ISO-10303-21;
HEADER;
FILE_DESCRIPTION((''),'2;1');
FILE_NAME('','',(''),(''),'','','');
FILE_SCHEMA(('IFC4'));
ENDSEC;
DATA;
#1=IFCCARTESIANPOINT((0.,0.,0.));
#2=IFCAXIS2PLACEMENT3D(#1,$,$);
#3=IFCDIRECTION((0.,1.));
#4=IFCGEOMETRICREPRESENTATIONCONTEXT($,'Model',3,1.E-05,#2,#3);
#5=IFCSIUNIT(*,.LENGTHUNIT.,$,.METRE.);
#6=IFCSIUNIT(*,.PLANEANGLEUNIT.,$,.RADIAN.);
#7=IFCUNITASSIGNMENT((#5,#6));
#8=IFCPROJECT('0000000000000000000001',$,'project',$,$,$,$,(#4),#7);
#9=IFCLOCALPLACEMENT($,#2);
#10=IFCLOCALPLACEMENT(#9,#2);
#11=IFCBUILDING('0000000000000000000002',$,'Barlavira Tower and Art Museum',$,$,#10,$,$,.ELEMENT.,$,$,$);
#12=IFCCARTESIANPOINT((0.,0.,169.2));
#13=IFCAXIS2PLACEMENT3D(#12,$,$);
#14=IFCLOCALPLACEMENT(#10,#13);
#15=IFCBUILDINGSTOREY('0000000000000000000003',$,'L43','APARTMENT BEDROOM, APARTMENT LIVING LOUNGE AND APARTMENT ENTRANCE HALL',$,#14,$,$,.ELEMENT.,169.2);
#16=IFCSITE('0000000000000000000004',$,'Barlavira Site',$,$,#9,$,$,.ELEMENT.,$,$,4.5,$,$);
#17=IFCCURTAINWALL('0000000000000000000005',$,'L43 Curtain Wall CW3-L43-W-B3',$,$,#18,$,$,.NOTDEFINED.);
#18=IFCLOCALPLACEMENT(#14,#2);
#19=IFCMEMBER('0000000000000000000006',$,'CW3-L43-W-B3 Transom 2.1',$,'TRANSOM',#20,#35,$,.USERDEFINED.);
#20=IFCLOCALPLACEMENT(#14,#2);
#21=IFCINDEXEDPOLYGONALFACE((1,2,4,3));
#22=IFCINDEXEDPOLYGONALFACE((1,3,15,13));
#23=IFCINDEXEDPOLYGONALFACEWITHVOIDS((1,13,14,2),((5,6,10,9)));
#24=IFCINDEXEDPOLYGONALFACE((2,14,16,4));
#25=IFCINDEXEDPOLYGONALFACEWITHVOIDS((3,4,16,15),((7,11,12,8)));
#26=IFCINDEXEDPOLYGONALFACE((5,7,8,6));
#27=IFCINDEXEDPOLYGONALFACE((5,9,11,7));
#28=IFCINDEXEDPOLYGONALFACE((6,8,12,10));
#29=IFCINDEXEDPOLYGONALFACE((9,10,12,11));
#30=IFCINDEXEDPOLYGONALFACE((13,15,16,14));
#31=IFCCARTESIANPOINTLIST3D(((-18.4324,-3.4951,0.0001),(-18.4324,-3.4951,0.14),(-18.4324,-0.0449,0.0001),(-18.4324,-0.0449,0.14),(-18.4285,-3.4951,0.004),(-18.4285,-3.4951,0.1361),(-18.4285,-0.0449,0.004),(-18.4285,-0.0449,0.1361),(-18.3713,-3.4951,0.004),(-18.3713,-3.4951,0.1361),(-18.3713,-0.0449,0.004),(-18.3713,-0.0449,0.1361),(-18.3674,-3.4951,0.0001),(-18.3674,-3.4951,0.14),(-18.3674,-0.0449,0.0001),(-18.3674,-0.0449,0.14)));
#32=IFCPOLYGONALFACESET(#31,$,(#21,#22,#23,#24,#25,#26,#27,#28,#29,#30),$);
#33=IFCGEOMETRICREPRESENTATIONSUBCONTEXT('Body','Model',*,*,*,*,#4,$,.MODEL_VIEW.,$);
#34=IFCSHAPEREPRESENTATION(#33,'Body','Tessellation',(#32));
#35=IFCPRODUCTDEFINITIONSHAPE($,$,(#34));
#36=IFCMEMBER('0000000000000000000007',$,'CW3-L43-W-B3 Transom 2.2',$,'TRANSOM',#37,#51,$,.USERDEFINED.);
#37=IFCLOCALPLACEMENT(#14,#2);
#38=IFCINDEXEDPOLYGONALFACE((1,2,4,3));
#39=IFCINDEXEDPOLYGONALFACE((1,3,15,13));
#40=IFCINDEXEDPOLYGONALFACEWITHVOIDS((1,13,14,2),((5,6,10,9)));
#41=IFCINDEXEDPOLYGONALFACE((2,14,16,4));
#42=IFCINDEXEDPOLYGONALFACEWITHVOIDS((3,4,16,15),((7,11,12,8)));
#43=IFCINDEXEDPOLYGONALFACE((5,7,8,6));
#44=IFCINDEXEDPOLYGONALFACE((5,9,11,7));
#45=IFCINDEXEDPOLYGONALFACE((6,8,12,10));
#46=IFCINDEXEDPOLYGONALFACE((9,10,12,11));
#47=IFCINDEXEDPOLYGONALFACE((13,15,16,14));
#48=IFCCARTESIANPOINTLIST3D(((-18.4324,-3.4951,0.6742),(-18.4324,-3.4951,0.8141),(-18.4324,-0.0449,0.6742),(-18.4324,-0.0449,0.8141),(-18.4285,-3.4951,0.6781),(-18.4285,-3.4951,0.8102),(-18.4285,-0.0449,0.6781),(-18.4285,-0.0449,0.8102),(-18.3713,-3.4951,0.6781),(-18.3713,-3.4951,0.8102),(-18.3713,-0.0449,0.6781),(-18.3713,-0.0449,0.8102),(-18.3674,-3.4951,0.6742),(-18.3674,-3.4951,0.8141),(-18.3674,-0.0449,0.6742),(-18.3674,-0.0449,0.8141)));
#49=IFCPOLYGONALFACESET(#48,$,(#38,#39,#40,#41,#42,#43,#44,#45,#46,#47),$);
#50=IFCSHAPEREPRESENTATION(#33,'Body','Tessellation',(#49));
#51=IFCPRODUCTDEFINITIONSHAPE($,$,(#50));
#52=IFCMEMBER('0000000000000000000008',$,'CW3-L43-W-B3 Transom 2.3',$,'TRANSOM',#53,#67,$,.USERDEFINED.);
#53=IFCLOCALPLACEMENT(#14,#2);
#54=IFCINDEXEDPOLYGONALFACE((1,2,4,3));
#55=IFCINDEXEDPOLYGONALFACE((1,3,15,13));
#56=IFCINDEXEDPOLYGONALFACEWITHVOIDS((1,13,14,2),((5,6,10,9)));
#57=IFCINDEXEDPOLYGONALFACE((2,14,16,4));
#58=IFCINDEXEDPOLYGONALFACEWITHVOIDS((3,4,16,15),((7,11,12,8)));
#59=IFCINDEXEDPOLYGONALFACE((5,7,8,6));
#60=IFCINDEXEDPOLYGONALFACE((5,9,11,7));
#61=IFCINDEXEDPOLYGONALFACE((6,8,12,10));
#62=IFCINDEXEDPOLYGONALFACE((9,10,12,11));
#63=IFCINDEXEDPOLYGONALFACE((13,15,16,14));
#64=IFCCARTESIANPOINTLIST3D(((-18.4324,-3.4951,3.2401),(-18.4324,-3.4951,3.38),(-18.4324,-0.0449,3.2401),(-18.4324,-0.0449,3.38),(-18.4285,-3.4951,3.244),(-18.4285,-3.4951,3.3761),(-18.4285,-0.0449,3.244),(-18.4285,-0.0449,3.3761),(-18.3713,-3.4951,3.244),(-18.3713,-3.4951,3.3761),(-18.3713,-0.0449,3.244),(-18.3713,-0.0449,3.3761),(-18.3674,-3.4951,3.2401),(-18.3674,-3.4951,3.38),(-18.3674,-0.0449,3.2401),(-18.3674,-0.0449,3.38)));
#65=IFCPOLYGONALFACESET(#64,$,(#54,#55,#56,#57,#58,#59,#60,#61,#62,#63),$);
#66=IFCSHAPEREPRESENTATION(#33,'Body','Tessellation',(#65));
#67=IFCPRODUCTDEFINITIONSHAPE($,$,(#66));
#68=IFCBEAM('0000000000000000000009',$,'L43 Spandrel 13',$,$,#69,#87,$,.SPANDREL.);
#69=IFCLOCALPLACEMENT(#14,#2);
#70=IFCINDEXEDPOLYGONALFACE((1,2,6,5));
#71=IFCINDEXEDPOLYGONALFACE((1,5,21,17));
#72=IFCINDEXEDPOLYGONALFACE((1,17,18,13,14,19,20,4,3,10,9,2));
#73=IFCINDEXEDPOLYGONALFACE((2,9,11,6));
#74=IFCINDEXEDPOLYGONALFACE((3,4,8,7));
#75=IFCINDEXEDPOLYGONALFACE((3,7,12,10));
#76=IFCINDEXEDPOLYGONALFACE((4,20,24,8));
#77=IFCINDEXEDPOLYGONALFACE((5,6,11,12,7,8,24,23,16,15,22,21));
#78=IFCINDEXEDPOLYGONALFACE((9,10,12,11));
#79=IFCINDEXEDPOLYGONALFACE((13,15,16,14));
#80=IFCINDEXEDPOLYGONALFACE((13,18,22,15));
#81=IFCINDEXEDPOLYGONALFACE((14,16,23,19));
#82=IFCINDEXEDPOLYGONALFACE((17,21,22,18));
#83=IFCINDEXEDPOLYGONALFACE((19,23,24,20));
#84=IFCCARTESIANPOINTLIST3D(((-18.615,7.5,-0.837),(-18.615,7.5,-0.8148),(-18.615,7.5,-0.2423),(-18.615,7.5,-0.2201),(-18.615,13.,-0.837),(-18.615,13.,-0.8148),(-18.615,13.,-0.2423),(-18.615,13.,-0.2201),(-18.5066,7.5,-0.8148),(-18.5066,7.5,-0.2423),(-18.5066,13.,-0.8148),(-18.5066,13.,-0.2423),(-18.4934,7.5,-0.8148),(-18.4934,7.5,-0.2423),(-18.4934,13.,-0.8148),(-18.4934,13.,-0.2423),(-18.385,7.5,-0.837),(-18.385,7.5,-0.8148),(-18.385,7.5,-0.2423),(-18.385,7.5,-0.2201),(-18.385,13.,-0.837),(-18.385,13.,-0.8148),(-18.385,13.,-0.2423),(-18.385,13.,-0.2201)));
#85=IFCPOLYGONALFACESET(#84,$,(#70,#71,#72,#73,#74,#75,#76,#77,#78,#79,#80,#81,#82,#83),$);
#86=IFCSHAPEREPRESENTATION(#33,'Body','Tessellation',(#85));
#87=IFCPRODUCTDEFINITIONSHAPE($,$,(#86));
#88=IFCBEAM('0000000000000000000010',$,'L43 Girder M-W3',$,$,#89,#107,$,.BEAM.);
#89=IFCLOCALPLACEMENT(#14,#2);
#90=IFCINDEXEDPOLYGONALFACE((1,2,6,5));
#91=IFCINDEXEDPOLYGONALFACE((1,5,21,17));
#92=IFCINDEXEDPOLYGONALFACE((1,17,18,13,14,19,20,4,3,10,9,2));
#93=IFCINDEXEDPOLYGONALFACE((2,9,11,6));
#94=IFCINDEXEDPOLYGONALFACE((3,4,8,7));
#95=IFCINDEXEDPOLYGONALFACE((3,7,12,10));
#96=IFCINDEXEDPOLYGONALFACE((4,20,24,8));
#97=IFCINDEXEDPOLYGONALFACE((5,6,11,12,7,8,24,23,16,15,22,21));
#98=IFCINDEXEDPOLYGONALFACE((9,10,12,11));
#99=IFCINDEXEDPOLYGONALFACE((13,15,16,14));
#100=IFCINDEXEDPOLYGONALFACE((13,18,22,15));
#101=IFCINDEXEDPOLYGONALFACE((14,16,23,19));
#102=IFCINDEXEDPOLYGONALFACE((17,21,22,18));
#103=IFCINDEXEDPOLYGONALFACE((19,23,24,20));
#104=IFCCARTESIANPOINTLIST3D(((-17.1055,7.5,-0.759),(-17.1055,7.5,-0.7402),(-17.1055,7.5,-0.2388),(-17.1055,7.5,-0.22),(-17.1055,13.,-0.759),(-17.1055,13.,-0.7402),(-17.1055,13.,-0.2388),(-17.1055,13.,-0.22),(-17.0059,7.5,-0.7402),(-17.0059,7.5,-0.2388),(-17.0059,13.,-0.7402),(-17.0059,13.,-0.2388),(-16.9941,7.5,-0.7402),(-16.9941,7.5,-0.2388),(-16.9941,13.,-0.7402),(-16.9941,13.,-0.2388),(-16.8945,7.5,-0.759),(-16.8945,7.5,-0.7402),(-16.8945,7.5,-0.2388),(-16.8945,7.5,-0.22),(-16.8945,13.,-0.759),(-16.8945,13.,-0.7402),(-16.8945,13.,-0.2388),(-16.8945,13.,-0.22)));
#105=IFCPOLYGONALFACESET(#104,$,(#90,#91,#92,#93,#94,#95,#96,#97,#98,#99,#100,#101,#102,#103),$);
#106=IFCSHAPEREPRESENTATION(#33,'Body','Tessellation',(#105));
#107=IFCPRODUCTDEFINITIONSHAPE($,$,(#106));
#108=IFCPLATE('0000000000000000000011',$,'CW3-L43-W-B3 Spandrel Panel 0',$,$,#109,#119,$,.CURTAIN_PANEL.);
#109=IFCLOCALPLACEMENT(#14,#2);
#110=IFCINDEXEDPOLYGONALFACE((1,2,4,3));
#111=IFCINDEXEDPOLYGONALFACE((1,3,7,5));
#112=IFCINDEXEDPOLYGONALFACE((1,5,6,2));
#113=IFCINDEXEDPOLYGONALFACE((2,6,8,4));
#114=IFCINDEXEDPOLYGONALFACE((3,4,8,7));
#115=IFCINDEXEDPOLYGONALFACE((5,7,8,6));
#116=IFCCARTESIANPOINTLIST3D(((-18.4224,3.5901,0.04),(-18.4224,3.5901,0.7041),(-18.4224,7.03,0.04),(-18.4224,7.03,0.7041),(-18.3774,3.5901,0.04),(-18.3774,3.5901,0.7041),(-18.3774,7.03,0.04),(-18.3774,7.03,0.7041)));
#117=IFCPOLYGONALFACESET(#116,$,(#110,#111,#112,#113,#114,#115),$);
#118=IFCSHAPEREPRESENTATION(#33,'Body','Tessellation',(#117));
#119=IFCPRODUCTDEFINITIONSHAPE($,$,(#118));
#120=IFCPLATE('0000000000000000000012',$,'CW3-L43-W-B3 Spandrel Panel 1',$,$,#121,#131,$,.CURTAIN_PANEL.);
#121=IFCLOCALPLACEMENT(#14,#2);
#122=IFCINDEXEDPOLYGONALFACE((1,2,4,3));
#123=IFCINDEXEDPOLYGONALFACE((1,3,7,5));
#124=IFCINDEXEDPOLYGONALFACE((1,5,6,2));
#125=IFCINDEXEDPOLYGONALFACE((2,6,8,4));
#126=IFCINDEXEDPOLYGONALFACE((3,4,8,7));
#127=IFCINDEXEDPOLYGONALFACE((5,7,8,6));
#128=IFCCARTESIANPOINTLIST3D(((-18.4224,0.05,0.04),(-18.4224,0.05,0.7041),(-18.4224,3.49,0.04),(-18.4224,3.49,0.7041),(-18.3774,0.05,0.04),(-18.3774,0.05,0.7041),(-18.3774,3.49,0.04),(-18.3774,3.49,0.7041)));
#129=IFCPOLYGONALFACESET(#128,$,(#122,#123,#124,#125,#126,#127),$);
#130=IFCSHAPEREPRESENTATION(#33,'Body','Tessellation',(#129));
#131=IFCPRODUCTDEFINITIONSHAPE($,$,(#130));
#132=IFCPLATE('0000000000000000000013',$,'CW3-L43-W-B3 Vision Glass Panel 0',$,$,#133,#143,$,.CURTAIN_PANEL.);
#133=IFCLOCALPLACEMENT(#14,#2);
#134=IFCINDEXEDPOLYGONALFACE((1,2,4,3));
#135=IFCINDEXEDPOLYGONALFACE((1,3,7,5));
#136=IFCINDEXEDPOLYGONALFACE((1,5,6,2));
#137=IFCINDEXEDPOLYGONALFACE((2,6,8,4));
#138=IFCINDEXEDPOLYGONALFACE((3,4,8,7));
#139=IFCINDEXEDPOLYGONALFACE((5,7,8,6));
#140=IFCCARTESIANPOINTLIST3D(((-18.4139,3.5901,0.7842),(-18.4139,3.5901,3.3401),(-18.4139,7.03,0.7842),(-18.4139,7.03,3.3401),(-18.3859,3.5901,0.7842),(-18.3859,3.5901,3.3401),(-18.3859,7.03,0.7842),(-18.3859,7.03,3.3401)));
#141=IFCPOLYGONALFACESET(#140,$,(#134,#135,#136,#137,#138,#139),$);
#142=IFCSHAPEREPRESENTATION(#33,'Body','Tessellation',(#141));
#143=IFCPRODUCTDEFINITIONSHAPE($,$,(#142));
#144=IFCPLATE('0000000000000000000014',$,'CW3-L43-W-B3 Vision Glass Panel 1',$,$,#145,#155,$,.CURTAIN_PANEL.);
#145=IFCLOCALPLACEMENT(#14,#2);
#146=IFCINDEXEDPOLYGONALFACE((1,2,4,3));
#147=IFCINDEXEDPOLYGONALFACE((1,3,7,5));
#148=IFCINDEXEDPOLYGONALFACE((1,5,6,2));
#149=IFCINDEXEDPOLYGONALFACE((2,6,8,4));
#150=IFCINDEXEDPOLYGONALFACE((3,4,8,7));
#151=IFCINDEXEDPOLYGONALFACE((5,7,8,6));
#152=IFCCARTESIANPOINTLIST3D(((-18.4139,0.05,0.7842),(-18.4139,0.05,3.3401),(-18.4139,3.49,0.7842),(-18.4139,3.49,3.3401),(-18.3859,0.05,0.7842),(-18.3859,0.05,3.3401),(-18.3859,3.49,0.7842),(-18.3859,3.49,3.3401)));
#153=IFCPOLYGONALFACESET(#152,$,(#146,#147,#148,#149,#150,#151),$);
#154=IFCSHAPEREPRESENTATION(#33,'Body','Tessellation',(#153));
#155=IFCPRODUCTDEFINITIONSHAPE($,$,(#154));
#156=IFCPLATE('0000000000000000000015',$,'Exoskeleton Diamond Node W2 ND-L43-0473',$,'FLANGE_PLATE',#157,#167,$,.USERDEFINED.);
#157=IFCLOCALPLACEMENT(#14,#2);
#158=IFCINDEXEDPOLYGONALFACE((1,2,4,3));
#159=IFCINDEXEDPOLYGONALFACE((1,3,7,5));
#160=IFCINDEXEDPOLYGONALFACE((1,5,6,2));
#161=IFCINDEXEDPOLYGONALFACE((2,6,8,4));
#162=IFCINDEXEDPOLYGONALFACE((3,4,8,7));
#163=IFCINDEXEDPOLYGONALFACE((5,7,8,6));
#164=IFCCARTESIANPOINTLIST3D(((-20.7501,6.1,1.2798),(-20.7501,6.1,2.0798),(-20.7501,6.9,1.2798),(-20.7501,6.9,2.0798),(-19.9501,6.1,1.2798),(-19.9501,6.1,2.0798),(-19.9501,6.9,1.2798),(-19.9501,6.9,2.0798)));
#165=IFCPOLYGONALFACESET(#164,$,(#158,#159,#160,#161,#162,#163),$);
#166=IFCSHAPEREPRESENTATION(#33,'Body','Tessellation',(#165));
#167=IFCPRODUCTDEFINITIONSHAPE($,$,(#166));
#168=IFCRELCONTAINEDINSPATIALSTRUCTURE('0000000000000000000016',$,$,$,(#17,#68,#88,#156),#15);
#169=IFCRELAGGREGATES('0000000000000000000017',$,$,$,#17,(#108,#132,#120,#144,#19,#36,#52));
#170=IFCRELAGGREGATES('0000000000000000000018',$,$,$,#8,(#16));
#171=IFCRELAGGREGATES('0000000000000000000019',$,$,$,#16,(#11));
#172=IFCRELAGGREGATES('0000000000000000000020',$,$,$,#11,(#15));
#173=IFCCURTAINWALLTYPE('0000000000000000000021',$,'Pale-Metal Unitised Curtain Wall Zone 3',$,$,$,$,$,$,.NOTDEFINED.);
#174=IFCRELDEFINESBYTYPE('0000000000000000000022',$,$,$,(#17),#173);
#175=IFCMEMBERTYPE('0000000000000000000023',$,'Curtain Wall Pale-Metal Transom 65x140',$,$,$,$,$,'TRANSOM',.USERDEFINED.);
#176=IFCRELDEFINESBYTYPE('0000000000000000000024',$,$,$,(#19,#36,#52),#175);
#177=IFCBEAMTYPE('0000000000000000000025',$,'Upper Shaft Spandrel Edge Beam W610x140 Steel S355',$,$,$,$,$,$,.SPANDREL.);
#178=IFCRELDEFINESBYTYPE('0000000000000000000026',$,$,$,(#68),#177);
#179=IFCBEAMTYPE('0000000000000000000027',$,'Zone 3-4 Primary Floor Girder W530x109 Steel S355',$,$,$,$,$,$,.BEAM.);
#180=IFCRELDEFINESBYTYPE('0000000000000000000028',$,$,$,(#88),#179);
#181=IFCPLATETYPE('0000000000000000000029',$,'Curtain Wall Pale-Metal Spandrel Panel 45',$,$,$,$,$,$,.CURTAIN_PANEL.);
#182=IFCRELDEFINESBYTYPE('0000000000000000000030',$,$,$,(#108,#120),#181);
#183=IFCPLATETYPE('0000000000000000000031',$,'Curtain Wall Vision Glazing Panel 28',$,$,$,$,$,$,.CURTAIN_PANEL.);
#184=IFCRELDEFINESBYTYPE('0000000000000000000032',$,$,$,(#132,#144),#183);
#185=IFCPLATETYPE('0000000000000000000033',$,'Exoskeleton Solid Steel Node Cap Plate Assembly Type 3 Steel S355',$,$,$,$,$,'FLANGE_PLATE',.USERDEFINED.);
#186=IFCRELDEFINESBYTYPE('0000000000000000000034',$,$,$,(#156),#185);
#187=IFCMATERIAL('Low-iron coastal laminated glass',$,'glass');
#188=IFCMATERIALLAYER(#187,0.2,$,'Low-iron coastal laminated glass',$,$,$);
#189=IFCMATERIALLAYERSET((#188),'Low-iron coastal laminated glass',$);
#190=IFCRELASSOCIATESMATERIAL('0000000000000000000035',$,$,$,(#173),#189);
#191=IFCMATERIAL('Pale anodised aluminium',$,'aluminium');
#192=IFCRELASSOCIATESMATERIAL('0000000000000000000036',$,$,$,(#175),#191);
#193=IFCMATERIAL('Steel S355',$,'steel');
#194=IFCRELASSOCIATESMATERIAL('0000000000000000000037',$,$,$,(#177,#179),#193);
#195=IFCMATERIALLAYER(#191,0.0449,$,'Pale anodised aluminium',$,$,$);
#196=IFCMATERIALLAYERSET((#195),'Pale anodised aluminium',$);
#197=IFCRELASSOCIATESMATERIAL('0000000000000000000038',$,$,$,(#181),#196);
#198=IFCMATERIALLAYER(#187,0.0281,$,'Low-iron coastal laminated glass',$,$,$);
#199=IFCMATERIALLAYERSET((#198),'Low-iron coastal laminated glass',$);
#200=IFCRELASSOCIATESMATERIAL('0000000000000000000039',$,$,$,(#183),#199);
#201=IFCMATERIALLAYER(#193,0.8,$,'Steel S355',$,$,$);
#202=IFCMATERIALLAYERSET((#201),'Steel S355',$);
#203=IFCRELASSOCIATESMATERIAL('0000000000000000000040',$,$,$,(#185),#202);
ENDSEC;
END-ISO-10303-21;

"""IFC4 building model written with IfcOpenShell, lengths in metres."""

from ifc_helpers import new_model, si_unit, direction, frame, origin, origin_2d, place, context, subcontext, project, spatial, rectangle, hollow_rectangle, i_section, extrude, material, layer, layer_set, material_profile, profile_set, type_object, element, aggregate, save


model = new_model("IFC4")

# Units and contexts
model_context = context("Model", 3, precision=1e-05, world=origin(), true_north=direction((0.0, 1.0)))
body_context = subcontext(model_context, "Body", "Model", "MODEL_VIEW")
ifc_project = project(units=[si_unit("LENGTHUNIT", "METRE"), si_unit("PLANEANGLEUNIT", "RADIAN")], contexts=[model_context])

# Site, building, storey
site_placement = place(None, origin())
site = spatial("IfcSite", under=ifc_project, at=site_placement, Name="Barlavira Site", CompositionType="ELEMENT", RefElevation=4.5)
building_placement = place(site_placement, origin())
building = spatial("IfcBuilding", under=site, at=building_placement, Name="Barlavira Tower and Art Museum", CompositionType="ELEMENT")
storey_placement = place(building_placement, frame((0.0, 0.0, 169.2)))
storey = spatial("IfcBuildingStorey", under=building, at=storey_placement, Name="L43", Description="APARTMENT BEDROOM, APARTMENT LIVING LOUNGE AND APARTMENT ENTRANCE HALL", CompositionType="ELEMENT", Elevation=169.2)

# Curtain wall, members
ifc_material_1 = material(Name="Low-iron coastal laminated glass", Category="glass")
ifc_layer_1 = layer(ifc_material_1, 0.2, Name="Low-iron coastal laminated glass")
ifc_layer_set_1 = layer_set([ifc_layer_1], Name="Low-iron coastal laminated glass")
curtain_wall_type = type_object("IfcCurtainWallType", Name="Pale-Metal Unitised Curtain Wall Zone 3", PredefinedType="NOTDEFINED", material=ifc_layer_set_1)
curtain_wall_placement = place(storey_placement, origin())
curtain_wall = element("IfcCurtainWall", 1, at=curtain_wall_placement, inside=storey, type_object=curtain_wall_type, Name="L43 Curtain Wall CW3-L43-W-B3", PredefinedType="NOTDEFINED")
ifc_material_2 = material(Name="Pale anodised aluminium", Category="aluminium")
ifc_material_profile_1 = material_profile(ifc_material_2, hollow_rectangle(XDim=0.0649, YDim=0.1399, WallThickness=0.0039, at=origin_2d()), Name="ALU-TRAN 65x140x4")
ifc_profile_set_1 = profile_set([ifc_material_profile_1], Name="Pale anodised aluminium")
member_type_1 = type_object("IfcMemberType", Name="Curtain Wall Pale-Metal Transom 65x140", ElementType="TRANSOM", PredefinedType="USERDEFINED", material=ifc_profile_set_1)
member_1_placement = place(storey_placement, frame((-18.3999, -0.0449, 0.0701), z_axis=(0.0, -1.0, 0.0), x_axis=(1.0, 0.0, 0.0)))
member_1 = element("IfcMember", 2, at=member_1_placement, type_object=member_type_1, Name="CW3-L43-W-B3 Transom 2.1", ObjectType="TRANSOM", PredefinedType="USERDEFINED", context=body_context, shape_type="SweptSolid", body=[
    extrude(hollow_rectangle(XDim=0.0649, YDim=0.1399, WallThickness=0.0039, at=origin_2d()), origin(), (0.0, 0.0, 1.0), 3.4502),
])
member_2_placement = place(storey_placement, frame((-18.3999, -0.0449, 0.7441), z_axis=(0.0, -1.0, 0.0), x_axis=(1.0, 0.0, 0.0)))
member_2 = element("IfcMember", 3, at=member_2_placement, type_object=member_type_1, Name="CW3-L43-W-B3 Transom 2.2", ObjectType="TRANSOM", PredefinedType="USERDEFINED", context=body_context, shape_type="SweptSolid", body=[
    extrude(hollow_rectangle(XDim=0.0649, YDim=0.1399, WallThickness=0.0039, at=origin_2d()), origin(), (0.0, 0.0, 1.0), 3.4502),
])
member_3_placement = place(storey_placement, frame((-18.3999, -0.0449, 3.3101), z_axis=(0.0, -1.0, 0.0), x_axis=(1.0, 0.0, 0.0)))
member_3 = element("IfcMember", 4, at=member_3_placement, type_object=member_type_1, Name="CW3-L43-W-B3 Transom 2.3", ObjectType="TRANSOM", PredefinedType="USERDEFINED", context=body_context, shape_type="SweptSolid", body=[
    extrude(hollow_rectangle(XDim=0.0649, YDim=0.1399, WallThickness=0.0039, at=origin_2d()), origin(), (0.0, 0.0, 1.0), 3.4502),
])

# Beams
ifc_material_3 = material(Name="Steel S355", Category="steel")
ifc_material_profile_2 = material_profile(ifc_material_3, i_section(OverallWidth=0.23, OverallDepth=0.6169, WebThickness=0.0132, FlangeThickness=0.0222, at=origin_2d()), Name="W610x140.0")
ifc_profile_set_2 = profile_set([ifc_material_profile_2], Name="Steel S355")
beam_type_1 = type_object("IfcBeamType", Name="Upper Shaft Spandrel Edge Beam W610x140 Steel S355", PredefinedType="SPANDREL", material=ifc_profile_set_2)
beam_1_placement = place(storey_placement, frame((-18.5, 7.5, -0.5286), z_axis=(0.0, 1.0, 0.0), x_axis=(-1.0, 0.0, 0.0)))
element("IfcBeam", 5, at=beam_1_placement, inside=storey, type_object=beam_type_1, Name="L43 Spandrel 13", PredefinedType="SPANDREL", context=body_context, shape_type="SweptSolid", body=[
    extrude(i_section(OverallWidth=0.23, OverallDepth=0.6169, WebThickness=0.0132, FlangeThickness=0.0222, at=origin_2d()), origin(), (0.0, 0.0, 1.0), 5.5),
])
ifc_material_profile_3 = material_profile(ifc_material_3, i_section(OverallWidth=0.2109, OverallDepth=0.5391, WebThickness=0.0117, FlangeThickness=0.0188, at=origin_2d()), Name="W530x109.0")
ifc_profile_set_3 = profile_set([ifc_material_profile_3], Name="Steel S355")
beam_type_2 = type_object("IfcBeamType", Name="Zone 3-4 Primary Floor Girder W530x109 Steel S355", PredefinedType="BEAM", material=ifc_profile_set_3)
beam_2_placement = place(storey_placement, frame((-17.0, 7.5, -0.4895), z_axis=(0.0, 1.0, 0.0), x_axis=(-1.0, 0.0, 0.0)))
element("IfcBeam", 6, at=beam_2_placement, inside=storey, type_object=beam_type_2, Name="L43 Girder M-W3", PredefinedType="BEAM", context=body_context, shape_type="SweptSolid", body=[
    extrude(i_section(OverallWidth=0.2109, OverallDepth=0.5391, WebThickness=0.0117, FlangeThickness=0.0188, at=origin_2d()), origin(), (0.0, 0.0, 1.0), 5.5),
])

# Plates
ifc_layer_2 = layer(ifc_material_2, 0.0449, Name="Pale anodised aluminium")
ifc_layer_set_2 = layer_set([ifc_layer_2], Name="Pale anodised aluminium")
plate_type_1 = type_object("IfcPlateType", Name="Curtain Wall Pale-Metal Spandrel Panel 45", PredefinedType="CURTAIN_PANEL", material=ifc_layer_set_2)
plate_1_placement = place(storey_placement, frame((-18.3999, 5.3101, 0.04), z_axis=(0.0, 0.0, 1.0), x_axis=(0.0, -1.0, 0.0)))
plate_1 = element("IfcPlate", 7, at=plate_1_placement, type_object=plate_type_1, Name="CW3-L43-W-B3 Spandrel Panel 0", PredefinedType="CURTAIN_PANEL", context=body_context, shape_type="SweptSolid", body=[
    extrude(rectangle(XDim=3.4399, YDim=0.0449, at=origin_2d()), origin(), (0.0, 0.0, 1.0), 0.6641),
])
plate_2_placement = place(storey_placement, frame((-18.3999, 1.77, 0.04), z_axis=(0.0, 0.0, 1.0), x_axis=(0.0, -1.0, 0.0)))
plate_2 = element("IfcPlate", 8, at=plate_2_placement, type_object=plate_type_1, Name="CW3-L43-W-B3 Spandrel Panel 1", PredefinedType="CURTAIN_PANEL", context=body_context, shape_type="SweptSolid", body=[
    extrude(rectangle(XDim=3.4399, YDim=0.0449, at=origin_2d()), origin(), (0.0, 0.0, 1.0), 0.6641),
])
ifc_layer_3 = layer(ifc_material_1, 0.0281, Name="Low-iron coastal laminated glass")
ifc_layer_set_3 = layer_set([ifc_layer_3], Name="Low-iron coastal laminated glass")
plate_type_2 = type_object("IfcPlateType", Name="Curtain Wall Vision Glazing Panel 28", PredefinedType="CURTAIN_PANEL", material=ifc_layer_set_3)
plate_3_placement = place(storey_placement, frame((-18.3999, 5.3101, 0.7842), z_axis=(0.0, 0.0, 1.0), x_axis=(0.0, -1.0, 0.0)))
plate_3 = element("IfcPlate", 9, at=plate_3_placement, type_object=plate_type_2, Name="CW3-L43-W-B3 Vision Glass Panel 0", PredefinedType="CURTAIN_PANEL", context=body_context, shape_type="SweptSolid", body=[
    extrude(rectangle(XDim=3.4399, YDim=0.0281, at=origin_2d()), origin(), (0.0, 0.0, 1.0), 2.5559),
])
plate_4_placement = place(storey_placement, frame((-18.3999, 1.77, 0.7842), z_axis=(0.0, 0.0, 1.0), x_axis=(0.0, -1.0, 0.0)))
plate_4 = element("IfcPlate", 10, at=plate_4_placement, type_object=plate_type_2, Name="CW3-L43-W-B3 Vision Glass Panel 1", PredefinedType="CURTAIN_PANEL", context=body_context, shape_type="SweptSolid", body=[
    extrude(rectangle(XDim=3.4399, YDim=0.0281, at=origin_2d()), origin(), (0.0, 0.0, 1.0), 2.5559),
])
aggregate(curtain_wall, [plate_1, plate_3, plate_2, plate_4, member_1, member_2, member_3])
ifc_layer_4 = layer(ifc_material_3, 0.8, Name="Steel S355")
ifc_layer_set_4 = layer_set([ifc_layer_4], Name="Steel S355")
plate_type_3 = type_object("IfcPlateType", Name="Exoskeleton Solid Steel Node Cap Plate Assembly Type 3 Steel S355", ElementType="FLANGE_PLATE", PredefinedType="USERDEFINED", material=ifc_layer_set_4)
plate_5_placement = place(storey_placement, frame((-20.3501, 6.5, 1.2798), z_axis=(0.0, 0.0, 1.0), x_axis=(1.0, 0.0, 0.0)))
element("IfcPlate", 11, at=plate_5_placement, inside=storey, type_object=plate_type_3, Name="Exoskeleton Diamond Node W2 ND-L43-0473", ObjectType="FLANGE_PLATE", PredefinedType="USERDEFINED", context=body_context, shape_type="SweptSolid", body=[
    extrude(rectangle(XDim=0.8, YDim=0.8, at=origin_2d()), origin(), (0.0, 0.0, 1.0), 0.8),
])

save(model, "model.ifc")
